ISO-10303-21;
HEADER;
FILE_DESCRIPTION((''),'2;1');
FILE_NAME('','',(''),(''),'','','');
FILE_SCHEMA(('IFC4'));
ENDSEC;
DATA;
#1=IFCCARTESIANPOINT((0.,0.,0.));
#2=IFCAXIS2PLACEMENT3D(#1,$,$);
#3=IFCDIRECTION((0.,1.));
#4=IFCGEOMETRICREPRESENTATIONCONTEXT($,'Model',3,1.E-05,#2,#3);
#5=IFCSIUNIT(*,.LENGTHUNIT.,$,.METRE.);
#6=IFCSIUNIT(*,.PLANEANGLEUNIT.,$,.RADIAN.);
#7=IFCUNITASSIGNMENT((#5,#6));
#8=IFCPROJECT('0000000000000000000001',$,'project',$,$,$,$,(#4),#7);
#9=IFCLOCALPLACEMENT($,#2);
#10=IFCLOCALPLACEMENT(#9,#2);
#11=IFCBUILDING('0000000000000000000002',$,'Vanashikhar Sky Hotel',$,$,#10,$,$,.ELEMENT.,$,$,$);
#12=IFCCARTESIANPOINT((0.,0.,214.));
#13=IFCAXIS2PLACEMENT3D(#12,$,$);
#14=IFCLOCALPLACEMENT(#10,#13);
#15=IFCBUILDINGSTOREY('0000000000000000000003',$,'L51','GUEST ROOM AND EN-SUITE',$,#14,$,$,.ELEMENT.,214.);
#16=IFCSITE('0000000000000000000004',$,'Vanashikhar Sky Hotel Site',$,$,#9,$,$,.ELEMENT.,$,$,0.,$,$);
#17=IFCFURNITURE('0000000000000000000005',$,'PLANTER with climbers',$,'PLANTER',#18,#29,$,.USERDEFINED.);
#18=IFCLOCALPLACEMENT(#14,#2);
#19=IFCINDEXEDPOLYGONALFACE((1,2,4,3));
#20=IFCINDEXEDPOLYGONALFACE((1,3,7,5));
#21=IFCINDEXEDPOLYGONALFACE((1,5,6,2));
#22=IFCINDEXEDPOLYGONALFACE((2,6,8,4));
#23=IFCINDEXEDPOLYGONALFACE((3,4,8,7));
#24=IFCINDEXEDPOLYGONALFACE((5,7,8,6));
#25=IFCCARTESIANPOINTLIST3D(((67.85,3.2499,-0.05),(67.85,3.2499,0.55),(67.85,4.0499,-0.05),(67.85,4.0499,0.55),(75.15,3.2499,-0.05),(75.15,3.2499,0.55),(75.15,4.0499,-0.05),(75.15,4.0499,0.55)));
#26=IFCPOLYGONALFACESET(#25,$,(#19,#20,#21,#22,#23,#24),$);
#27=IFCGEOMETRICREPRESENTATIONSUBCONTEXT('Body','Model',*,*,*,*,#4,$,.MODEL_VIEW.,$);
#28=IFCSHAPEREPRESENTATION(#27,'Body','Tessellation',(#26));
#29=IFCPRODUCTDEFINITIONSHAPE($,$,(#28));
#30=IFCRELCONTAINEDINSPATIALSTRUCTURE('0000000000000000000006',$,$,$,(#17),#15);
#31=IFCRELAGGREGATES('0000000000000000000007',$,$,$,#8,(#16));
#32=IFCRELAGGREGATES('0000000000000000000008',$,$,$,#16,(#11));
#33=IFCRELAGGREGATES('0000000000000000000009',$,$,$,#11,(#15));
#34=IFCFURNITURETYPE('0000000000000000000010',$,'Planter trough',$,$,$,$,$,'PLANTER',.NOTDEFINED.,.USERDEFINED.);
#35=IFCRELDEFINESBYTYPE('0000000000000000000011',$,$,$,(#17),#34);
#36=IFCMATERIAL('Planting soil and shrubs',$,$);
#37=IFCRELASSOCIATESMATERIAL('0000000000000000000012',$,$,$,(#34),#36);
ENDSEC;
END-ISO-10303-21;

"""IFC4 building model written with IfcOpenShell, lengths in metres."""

from ifc_helpers import new_model, si_unit, direction, frame, origin, origin_2d, place, context, subcontext, project, spatial, rectangle, extrude, source, transform, mapped, material, type_object, element, save


model = new_model("IFC4")

# Units and contexts
model_context = context("Model", 3, precision=1e-05, world=origin(), true_north=direction((0.0, 1.0)))
body_context = subcontext(model_context, "Body", "Model", "MODEL_VIEW")
ifc_project = project(units=[si_unit("LENGTHUNIT", "METRE"), si_unit("PLANEANGLEUNIT", "RADIAN")], contexts=[model_context])

# Site, building, storey
site_placement = place(None, origin())
site = spatial("IfcSite", under=ifc_project, at=site_placement, Name="Vanashikhar Sky Hotel Site", CompositionType="ELEMENT", RefElevation=0.0)
building_placement = place(site_placement, origin())
building = spatial("IfcBuilding", under=site, at=building_placement, Name="Vanashikhar Sky Hotel", CompositionType="ELEMENT")
storey_placement = place(building_placement, frame((0.0, 0.0, 214.0)))
storey = spatial("IfcBuildingStorey", under=building, at=storey_placement, Name="L51", Description="GUEST ROOM AND EN-SUITE", CompositionType="ELEMENT", Elevation=214.0)

# Furniture
ifc_material_1 = material(Name="Planting soil and shrubs")
furniture_type = type_object("IfcFurnitureType", Name="Planter trough", ElementType="PLANTER", AssemblyPlace="NOTDEFINED", PredefinedType="USERDEFINED", material=ifc_material_1)
shared_shape_1 = source(origin(), body_context, "Body", "SweptSolid", [
    extrude(rectangle(XDim=7.3, YDim=0.8, at=origin_2d()), origin(), (0.0, 0.0, 1.0), 0.6001),
])
furniture_placement = place(storey_placement, frame((71.5, 3.6499, -0.05), z_axis=(0.0, 0.0, 1.0), x_axis=(1.0, 0.0, 0.0)))
element("IfcFurniture", 1, at=furniture_placement, inside=storey, type_object=furniture_type, Name="PLANTER with climbers", ObjectType="PLANTER", PredefinedType="USERDEFINED", context=body_context, shape_type="MappedRepresentation", body=[
    mapped(shared_shape_1, transform((0.0, 0.0, 0.0), scale=1.0)),
])

save(model, "model.ifc")
